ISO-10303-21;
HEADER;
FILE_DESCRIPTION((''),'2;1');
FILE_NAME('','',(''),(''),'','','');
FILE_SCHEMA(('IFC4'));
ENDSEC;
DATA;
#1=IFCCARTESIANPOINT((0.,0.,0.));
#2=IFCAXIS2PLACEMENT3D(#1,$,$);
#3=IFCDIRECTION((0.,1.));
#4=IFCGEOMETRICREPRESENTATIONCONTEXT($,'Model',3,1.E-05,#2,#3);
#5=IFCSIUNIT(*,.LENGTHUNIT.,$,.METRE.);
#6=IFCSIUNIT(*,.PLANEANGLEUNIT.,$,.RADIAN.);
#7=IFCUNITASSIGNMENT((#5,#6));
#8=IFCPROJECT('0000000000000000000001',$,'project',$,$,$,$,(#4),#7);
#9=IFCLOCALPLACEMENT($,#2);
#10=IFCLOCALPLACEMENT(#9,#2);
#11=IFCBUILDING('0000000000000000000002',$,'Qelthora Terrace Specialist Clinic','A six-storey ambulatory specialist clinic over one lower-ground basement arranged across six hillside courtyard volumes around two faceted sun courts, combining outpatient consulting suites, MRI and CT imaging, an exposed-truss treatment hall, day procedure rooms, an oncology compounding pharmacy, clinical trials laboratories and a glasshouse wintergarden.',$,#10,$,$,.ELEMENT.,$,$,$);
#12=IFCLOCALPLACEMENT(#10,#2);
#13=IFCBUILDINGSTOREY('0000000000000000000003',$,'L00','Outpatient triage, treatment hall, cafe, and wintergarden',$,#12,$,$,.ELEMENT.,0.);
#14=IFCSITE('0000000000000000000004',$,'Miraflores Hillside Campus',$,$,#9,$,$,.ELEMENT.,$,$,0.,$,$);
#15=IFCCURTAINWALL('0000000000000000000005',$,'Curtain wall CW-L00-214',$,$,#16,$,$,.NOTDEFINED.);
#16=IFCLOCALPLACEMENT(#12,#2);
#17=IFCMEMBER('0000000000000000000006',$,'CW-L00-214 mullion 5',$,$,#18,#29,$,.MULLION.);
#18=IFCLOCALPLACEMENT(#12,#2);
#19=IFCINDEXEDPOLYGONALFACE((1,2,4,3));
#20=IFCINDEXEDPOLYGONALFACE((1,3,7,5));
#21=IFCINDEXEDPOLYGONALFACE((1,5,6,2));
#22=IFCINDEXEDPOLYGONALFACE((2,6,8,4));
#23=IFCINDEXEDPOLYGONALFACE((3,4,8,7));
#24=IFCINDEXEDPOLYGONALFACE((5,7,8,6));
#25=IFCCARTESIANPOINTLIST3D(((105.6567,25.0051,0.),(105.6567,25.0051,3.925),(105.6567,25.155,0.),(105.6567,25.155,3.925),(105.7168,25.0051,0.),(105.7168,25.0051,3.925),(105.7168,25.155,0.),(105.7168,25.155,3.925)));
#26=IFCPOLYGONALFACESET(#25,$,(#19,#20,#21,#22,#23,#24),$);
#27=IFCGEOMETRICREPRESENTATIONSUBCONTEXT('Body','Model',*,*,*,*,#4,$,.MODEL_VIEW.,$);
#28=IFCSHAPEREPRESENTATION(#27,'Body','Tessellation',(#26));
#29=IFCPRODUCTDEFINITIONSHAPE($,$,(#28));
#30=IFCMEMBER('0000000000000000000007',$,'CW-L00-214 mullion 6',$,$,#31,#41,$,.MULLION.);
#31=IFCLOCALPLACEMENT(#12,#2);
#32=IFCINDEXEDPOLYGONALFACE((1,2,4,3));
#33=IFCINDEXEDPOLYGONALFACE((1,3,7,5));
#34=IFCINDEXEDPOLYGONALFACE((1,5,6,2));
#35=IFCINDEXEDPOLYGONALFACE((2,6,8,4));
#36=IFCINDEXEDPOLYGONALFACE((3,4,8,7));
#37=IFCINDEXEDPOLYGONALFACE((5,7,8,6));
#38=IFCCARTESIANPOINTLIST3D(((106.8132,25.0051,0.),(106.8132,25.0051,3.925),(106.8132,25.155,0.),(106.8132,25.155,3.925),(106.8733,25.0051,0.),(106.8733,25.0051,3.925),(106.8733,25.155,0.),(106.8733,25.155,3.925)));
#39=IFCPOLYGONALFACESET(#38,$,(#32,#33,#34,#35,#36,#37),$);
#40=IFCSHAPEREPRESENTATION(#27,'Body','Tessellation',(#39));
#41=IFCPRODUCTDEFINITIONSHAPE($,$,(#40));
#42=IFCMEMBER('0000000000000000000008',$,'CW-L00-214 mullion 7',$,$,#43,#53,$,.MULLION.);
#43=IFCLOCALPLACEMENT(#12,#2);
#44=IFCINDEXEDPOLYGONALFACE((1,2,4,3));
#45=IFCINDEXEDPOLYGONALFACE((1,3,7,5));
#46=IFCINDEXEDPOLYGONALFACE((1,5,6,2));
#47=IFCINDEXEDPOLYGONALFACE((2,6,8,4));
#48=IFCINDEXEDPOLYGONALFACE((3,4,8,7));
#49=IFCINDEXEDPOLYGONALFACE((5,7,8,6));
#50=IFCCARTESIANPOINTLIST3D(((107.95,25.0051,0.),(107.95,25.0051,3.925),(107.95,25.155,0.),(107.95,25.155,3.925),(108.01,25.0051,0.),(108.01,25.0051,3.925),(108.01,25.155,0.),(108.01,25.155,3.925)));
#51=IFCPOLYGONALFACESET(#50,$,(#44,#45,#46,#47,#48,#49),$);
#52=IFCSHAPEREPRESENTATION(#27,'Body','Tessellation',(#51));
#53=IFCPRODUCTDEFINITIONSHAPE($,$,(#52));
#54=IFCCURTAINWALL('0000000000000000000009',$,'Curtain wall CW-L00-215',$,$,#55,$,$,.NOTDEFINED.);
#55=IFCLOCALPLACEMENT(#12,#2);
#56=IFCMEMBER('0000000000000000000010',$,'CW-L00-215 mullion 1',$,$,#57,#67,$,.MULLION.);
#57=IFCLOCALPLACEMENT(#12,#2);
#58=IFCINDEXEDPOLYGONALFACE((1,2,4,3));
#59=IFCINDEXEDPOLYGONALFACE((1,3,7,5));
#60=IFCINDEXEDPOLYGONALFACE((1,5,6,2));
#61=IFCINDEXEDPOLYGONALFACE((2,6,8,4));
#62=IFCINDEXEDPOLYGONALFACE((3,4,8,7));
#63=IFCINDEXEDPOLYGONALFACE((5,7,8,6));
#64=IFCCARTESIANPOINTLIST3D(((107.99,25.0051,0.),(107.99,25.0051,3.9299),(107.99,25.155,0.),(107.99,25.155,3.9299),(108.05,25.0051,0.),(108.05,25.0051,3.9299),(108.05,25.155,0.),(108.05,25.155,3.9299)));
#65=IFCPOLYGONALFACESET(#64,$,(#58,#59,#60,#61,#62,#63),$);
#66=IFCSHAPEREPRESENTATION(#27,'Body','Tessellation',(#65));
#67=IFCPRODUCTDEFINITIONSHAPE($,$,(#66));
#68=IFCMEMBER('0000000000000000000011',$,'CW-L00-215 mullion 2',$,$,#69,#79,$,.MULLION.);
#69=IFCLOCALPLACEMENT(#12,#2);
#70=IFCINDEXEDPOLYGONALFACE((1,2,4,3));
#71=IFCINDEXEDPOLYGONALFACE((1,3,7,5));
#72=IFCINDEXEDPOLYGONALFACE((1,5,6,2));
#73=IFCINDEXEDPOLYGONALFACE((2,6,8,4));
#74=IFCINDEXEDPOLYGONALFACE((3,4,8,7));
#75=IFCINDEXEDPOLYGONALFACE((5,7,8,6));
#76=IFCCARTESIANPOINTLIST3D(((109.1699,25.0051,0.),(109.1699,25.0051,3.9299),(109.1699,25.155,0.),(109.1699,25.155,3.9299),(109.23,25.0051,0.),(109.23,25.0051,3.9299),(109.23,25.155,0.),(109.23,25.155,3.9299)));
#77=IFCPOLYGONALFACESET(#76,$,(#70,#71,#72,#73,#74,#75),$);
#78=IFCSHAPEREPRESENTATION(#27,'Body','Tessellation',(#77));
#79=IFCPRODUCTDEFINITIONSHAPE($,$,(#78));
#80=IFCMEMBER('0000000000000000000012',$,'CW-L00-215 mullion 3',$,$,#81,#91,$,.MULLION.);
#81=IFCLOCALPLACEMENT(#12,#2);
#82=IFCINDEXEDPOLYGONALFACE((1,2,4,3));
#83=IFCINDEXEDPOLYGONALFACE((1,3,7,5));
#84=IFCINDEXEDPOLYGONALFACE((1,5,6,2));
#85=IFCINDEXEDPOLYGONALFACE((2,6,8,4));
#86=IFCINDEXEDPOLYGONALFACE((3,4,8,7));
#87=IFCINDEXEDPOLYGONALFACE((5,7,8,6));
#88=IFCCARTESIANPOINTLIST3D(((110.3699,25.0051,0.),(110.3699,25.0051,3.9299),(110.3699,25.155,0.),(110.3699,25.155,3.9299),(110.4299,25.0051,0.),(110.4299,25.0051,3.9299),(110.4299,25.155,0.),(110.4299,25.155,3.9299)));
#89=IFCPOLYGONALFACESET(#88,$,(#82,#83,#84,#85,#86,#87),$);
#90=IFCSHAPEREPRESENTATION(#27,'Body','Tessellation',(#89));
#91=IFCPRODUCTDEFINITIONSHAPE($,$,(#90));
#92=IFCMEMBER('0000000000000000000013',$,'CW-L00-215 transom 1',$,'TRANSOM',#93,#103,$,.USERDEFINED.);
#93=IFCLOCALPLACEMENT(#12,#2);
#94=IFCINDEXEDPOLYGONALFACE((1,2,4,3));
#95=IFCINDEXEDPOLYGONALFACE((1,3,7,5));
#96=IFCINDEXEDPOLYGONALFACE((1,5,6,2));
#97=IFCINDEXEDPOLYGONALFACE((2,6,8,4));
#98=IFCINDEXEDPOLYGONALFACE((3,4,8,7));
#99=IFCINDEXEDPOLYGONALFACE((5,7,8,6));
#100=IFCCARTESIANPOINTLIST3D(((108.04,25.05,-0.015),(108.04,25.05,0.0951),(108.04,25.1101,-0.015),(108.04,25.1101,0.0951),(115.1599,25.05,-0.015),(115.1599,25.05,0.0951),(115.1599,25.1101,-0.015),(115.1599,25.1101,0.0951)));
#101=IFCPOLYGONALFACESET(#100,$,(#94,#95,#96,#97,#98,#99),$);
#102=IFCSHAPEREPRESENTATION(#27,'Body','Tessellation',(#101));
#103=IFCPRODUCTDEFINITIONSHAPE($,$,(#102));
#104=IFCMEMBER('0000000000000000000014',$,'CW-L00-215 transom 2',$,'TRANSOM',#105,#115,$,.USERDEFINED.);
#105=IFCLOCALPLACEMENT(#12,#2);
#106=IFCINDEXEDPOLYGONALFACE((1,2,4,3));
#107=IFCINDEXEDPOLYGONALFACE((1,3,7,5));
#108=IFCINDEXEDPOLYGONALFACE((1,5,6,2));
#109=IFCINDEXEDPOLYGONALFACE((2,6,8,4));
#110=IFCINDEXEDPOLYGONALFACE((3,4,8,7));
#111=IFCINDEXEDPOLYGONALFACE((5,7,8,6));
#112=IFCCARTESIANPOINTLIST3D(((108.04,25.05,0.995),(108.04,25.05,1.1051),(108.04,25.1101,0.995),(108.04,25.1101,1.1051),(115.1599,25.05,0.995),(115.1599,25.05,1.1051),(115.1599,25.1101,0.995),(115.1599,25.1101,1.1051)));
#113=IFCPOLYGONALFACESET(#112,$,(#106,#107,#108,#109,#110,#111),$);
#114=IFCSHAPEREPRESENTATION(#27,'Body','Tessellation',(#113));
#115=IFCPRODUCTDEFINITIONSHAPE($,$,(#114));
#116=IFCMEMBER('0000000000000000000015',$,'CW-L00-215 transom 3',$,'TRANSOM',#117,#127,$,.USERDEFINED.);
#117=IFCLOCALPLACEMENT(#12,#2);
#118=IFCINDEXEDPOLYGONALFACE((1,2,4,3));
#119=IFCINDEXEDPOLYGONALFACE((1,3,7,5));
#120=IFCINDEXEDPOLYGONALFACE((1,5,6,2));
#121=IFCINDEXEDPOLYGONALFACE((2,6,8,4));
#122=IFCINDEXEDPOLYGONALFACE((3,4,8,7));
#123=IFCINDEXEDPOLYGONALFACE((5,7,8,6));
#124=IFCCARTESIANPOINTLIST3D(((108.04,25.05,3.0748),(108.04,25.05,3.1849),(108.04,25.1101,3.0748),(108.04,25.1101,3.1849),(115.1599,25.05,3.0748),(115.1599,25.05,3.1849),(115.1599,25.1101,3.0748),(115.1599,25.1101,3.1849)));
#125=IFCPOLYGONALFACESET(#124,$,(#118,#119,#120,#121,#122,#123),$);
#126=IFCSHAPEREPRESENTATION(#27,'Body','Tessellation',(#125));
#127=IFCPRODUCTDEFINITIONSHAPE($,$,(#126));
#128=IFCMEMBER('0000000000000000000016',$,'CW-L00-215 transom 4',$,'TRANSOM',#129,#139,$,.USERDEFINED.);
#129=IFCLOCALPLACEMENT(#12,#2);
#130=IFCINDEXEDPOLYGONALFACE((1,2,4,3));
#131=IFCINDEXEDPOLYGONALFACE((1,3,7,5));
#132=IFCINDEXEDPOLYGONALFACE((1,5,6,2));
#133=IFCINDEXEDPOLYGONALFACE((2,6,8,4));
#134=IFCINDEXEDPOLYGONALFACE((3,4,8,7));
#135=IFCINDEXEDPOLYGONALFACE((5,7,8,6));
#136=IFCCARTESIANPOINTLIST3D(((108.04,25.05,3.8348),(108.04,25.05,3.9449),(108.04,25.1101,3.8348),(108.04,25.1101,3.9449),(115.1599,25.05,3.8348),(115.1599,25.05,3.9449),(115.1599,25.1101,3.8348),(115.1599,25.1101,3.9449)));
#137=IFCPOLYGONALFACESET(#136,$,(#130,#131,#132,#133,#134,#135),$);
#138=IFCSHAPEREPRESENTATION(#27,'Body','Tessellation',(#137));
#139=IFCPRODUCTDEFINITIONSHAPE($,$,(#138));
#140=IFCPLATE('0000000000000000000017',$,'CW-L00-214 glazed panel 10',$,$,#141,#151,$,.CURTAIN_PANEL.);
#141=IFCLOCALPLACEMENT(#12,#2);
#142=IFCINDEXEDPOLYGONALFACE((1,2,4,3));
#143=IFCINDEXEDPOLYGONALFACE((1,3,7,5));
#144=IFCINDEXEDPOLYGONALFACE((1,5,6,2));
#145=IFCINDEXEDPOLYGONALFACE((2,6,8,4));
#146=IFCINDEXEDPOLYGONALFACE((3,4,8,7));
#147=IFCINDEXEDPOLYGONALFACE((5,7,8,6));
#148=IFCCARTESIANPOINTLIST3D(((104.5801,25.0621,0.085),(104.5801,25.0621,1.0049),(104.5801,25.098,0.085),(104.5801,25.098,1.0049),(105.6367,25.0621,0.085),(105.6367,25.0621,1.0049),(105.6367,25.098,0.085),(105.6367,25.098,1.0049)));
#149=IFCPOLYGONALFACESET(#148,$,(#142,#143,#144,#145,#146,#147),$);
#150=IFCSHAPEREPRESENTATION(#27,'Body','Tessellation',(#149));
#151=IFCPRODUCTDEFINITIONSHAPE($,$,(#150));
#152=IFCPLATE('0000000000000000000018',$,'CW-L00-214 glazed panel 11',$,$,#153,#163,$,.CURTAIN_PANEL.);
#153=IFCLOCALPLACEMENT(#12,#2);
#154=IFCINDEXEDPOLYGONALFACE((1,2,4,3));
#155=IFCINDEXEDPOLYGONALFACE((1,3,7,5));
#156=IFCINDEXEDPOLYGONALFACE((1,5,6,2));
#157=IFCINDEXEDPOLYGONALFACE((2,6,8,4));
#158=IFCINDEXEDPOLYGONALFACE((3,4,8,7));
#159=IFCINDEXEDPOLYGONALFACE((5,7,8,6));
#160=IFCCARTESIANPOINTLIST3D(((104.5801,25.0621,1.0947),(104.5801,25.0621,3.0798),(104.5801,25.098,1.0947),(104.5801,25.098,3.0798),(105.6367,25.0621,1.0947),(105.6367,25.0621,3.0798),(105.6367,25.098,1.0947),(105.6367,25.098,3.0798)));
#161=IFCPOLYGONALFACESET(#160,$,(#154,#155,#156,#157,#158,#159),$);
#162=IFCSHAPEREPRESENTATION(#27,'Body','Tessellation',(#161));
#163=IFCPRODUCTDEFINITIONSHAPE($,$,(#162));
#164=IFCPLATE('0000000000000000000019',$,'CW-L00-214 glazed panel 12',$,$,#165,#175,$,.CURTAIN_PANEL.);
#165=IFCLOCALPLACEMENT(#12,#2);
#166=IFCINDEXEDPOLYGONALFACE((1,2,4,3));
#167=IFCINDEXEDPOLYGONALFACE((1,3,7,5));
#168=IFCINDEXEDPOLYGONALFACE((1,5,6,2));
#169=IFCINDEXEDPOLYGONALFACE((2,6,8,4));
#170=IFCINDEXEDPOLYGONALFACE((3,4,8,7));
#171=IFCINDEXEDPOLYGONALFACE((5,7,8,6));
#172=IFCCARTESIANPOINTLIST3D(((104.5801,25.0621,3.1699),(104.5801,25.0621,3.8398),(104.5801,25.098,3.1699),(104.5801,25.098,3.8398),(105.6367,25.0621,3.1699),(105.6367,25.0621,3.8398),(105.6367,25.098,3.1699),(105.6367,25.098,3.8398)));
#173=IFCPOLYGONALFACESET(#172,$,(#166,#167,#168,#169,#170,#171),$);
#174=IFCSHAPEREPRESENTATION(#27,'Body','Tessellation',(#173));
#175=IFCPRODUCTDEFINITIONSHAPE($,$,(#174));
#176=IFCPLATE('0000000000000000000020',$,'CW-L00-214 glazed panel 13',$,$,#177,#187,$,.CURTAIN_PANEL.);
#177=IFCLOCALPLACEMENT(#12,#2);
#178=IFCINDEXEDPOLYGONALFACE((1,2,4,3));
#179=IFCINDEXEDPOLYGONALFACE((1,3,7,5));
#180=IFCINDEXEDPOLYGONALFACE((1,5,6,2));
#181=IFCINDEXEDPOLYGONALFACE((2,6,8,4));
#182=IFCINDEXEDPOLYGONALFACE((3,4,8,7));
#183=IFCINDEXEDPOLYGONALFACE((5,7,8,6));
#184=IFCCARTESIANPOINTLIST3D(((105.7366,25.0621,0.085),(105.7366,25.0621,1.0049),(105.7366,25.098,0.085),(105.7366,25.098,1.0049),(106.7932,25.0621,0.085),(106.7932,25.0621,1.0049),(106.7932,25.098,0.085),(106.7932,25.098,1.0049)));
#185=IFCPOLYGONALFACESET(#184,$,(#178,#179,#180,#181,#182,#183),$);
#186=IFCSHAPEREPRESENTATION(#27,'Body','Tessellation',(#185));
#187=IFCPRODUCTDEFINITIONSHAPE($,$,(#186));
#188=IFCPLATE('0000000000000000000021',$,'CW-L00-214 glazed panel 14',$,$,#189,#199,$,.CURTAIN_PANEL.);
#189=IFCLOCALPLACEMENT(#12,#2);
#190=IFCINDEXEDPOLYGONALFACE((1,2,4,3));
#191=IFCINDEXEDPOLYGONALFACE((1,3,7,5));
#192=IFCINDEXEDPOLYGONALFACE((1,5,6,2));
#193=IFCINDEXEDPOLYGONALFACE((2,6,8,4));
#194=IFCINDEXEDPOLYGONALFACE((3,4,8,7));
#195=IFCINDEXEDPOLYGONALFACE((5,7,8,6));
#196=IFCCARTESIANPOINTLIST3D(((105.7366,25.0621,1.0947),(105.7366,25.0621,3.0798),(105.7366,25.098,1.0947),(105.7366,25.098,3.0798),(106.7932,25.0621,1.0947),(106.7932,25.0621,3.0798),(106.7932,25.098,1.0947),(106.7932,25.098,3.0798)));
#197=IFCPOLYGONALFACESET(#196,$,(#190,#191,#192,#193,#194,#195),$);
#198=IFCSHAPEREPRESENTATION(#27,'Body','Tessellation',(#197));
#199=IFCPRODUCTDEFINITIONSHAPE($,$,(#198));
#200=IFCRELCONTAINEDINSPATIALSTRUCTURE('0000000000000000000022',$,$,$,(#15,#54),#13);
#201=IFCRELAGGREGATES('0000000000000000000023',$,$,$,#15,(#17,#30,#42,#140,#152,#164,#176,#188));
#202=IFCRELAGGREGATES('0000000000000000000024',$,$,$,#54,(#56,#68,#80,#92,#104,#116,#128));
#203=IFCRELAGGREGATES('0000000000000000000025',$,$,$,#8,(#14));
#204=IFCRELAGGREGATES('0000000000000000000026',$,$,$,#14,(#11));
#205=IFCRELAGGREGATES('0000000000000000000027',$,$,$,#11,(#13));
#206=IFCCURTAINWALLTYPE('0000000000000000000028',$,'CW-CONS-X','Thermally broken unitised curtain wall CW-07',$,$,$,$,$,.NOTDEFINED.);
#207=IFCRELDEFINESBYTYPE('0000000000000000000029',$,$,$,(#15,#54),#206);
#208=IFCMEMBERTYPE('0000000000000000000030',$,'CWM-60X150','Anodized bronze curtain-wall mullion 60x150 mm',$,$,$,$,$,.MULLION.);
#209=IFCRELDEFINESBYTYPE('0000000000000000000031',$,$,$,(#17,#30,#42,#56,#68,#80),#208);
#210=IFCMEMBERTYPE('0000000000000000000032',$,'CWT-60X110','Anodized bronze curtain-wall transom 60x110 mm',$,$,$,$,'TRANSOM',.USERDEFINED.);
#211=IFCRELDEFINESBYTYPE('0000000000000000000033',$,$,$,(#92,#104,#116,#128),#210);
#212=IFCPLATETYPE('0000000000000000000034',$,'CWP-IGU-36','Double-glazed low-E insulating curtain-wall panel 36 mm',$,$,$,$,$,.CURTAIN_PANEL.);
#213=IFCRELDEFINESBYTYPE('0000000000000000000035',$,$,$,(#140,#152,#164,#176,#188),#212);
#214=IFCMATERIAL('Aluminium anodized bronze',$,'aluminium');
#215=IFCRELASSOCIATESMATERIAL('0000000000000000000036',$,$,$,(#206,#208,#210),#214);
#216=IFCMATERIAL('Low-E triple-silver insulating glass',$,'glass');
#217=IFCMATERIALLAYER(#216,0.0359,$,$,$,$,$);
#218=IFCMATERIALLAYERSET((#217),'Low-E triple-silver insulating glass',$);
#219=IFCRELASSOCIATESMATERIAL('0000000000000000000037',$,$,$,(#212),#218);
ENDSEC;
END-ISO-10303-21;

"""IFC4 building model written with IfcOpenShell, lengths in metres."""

from ifc_helpers import new_model, si_unit, direction, frame, origin, origin_2d, place, context, subcontext, project, spatial, rectangle, extrude, material, layer, layer_set, material_profile, profile_set, type_object, element, aggregate, save


model = new_model("IFC4")

# Units and contexts
model_context = context("Model", 3, precision=1e-05, world=origin(), true_north=direction((0.0, 1.0)))
body_context = subcontext(model_context, "Body", "Model", "MODEL_VIEW")
ifc_project = project(units=[si_unit("LENGTHUNIT", "METRE"), si_unit("PLANEANGLEUNIT", "RADIAN")], contexts=[model_context])

# Site, building, storey
site_placement = place(None, origin())
site = spatial("IfcSite", under=ifc_project, at=site_placement, Name="Miraflores Hillside Campus", CompositionType="ELEMENT", RefElevation=0.0)
building_placement = place(site_placement, origin())
building = spatial("IfcBuilding", under=site, at=building_placement, Name="Qelthora Terrace Specialist Clinic", Description="A six-storey ambulatory specialist clinic over one lower-ground basement arranged across six hillside courtyard volumes around two faceted sun courts, combining outpatient consulting suites, MRI and CT imaging, an exposed-truss treatment hall, day procedure rooms, an oncology compounding pharmacy, clinical trials laboratories and a glasshouse wintergarden.", CompositionType="ELEMENT")
storey_placement = place(building_placement, origin())
storey = spatial("IfcBuildingStorey", under=building, at=storey_placement, Name="L00", Description="Outpatient triage, treatment hall, cafe, and wintergarden", CompositionType="ELEMENT", Elevation=0.0)

# Curtain walls, members
ifc_material_1 = material(Name="Aluminium anodized bronze", Category="aluminium")
curtain_wall_type = type_object("IfcCurtainWallType", Name="CW-CONS-X", Description="Thermally broken unitised curtain wall CW-07", PredefinedType="NOTDEFINED", material=ifc_material_1)
curtain_wall_1_placement = place(storey_placement, origin())
curtain_wall_1 = element("IfcCurtainWall", 1, at=curtain_wall_1_placement, inside=storey, type_object=curtain_wall_type, Name="Curtain wall CW-L00-214", PredefinedType="NOTDEFINED")
ifc_material_profile_1 = material_profile(ifc_material_1, rectangle(XDim=0.0601, YDim=0.1499, at=origin_2d()), Name="CWM60X150")
ifc_profile_set_1 = profile_set([ifc_material_profile_1], Name="Aluminium anodized bronze")
member_type_1 = type_object("IfcMemberType", Name="CWM-60X150", Description="Anodized bronze curtain-wall mullion 60x150 mm", PredefinedType="MULLION", material=ifc_profile_set_1)
member_1_placement = place(storey_placement, frame((105.6868, 25.0801, 0.0), z_axis=(0.0, 0.0, 1.0), x_axis=(1.0, 0.0, 0.0)))
member_1 = element("IfcMember", 2, at=member_1_placement, type_object=member_type_1, Name="CW-L00-214 mullion 5", PredefinedType="MULLION", context=body_context, shape_type="SweptSolid", body=[
    extrude(rectangle(XDim=0.0601, YDim=0.1499, at=origin_2d()), origin(), (0.0, 0.0, 1.0), 3.925),
])
member_2_placement = place(storey_placement, frame((106.8433, 25.0801, 0.0), z_axis=(0.0, 0.0, 1.0), x_axis=(1.0, 0.0, 0.0)))
member_2 = element("IfcMember", 3, at=member_2_placement, type_object=member_type_1, Name="CW-L00-214 mullion 6", PredefinedType="MULLION", context=body_context, shape_type="SweptSolid", body=[
    extrude(rectangle(XDim=0.0601, YDim=0.1499, at=origin_2d()), origin(), (0.0, 0.0, 1.0), 3.925),
])
member_3_placement = place(storey_placement, frame((107.98, 25.0801, 0.0), z_axis=(0.0, 0.0, 1.0), x_axis=(1.0, 0.0, 0.0)))
member_3 = element("IfcMember", 4, at=member_3_placement, type_object=member_type_1, Name="CW-L00-214 mullion 7", PredefinedType="MULLION", context=body_context, shape_type="SweptSolid", body=[
    extrude(rectangle(XDim=0.0601, YDim=0.1499, at=origin_2d()), origin(), (0.0, 0.0, 1.0), 3.925),
])
curtain_wall_2_placement = place(storey_placement, origin())
curtain_wall_2 = element("IfcCurtainWall", 5, at=curtain_wall_2_placement, inside=storey, type_object=curtain_wall_type, Name="Curtain wall CW-L00-215", PredefinedType="NOTDEFINED")
member_4_placement = place(storey_placement, frame((108.02, 25.0801, 0.0), z_axis=(0.0, 0.0, 1.0), x_axis=(1.0, 0.0, 0.0)))
member_4 = element("IfcMember", 6, at=member_4_placement, type_object=member_type_1, Name="CW-L00-215 mullion 1", PredefinedType="MULLION", context=body_context, shape_type="SweptSolid", body=[
    extrude(rectangle(XDim=0.0601, YDim=0.1499, at=origin_2d()), origin(), (0.0, 0.0, 1.0), 3.9299),
])
member_5_placement = place(storey_placement, frame((109.2, 25.0801, 0.0), z_axis=(0.0, 0.0, 1.0), x_axis=(1.0, 0.0, 0.0)))
member_5 = element("IfcMember", 7, at=member_5_placement, type_object=member_type_1, Name="CW-L00-215 mullion 2", PredefinedType="MULLION", context=body_context, shape_type="SweptSolid", body=[
    extrude(rectangle(XDim=0.0601, YDim=0.1499, at=origin_2d()), origin(), (0.0, 0.0, 1.0), 3.9299),
])
member_6_placement = place(storey_placement, frame((110.3999, 25.0801, 0.0), z_axis=(0.0, 0.0, 1.0), x_axis=(1.0, 0.0, 0.0)))
member_6 = element("IfcMember", 8, at=member_6_placement, type_object=member_type_1, Name="CW-L00-215 mullion 3", PredefinedType="MULLION", context=body_context, shape_type="SweptSolid", body=[
    extrude(rectangle(XDim=0.0601, YDim=0.1499, at=origin_2d()), origin(), (0.0, 0.0, 1.0), 3.9299),
])
ifc_material_profile_2 = material_profile(ifc_material_1, rectangle(XDim=0.0601, YDim=0.1101, at=origin_2d()), Name="CWT60X110")
ifc_profile_set_2 = profile_set([ifc_material_profile_2], Name="Aluminium anodized bronze")
member_type_2 = type_object("IfcMemberType", Name="CWT-60X110", Description="Anodized bronze curtain-wall transom 60x110 mm", ElementType="TRANSOM", PredefinedType="USERDEFINED", material=ifc_profile_set_2)
member_7_placement = place(storey_placement, frame((108.04, 25.0801, 0.04), z_axis=(1.0, 0.0, 0.0), x_axis=(0.0, 1.0, 0.0)))
member_7 = element("IfcMember", 9, at=member_7_placement, type_object=member_type_2, Name="CW-L00-215 transom 1", ObjectType="TRANSOM", PredefinedType="USERDEFINED", context=body_context, shape_type="SweptSolid", body=[
    extrude(rectangle(XDim=0.0601, YDim=0.1101, at=origin_2d()), origin(), (0.0, 0.0, 1.0), 7.1199),
])
member_8_placement = place(storey_placement, frame((108.04, 25.0801, 1.05), z_axis=(1.0, 0.0, 0.0), x_axis=(0.0, 1.0, 0.0)))
member_8 = element("IfcMember", 10, at=member_8_placement, type_object=member_type_2, Name="CW-L00-215 transom 2", ObjectType="TRANSOM", PredefinedType="USERDEFINED", context=body_context, shape_type="SweptSolid", body=[
    extrude(rectangle(XDim=0.0601, YDim=0.1101, at=origin_2d()), origin(), (0.0, 0.0, 1.0), 7.1199),
])
member_9_placement = place(storey_placement, frame((108.04, 25.0801, 3.1299), z_axis=(1.0, 0.0, 0.0), x_axis=(0.0, 1.0, 0.0)))
member_9 = element("IfcMember", 11, at=member_9_placement, type_object=member_type_2, Name="CW-L00-215 transom 3", ObjectType="TRANSOM", PredefinedType="USERDEFINED", context=body_context, shape_type="SweptSolid", body=[
    extrude(rectangle(XDim=0.0601, YDim=0.1101, at=origin_2d()), origin(), (0.0, 0.0, 1.0), 7.1199),
])
member_10_placement = place(storey_placement, frame((108.04, 25.0801, 3.8899), z_axis=(1.0, 0.0, 0.0), x_axis=(0.0, 1.0, 0.0)))
member_10 = element("IfcMember", 12, at=member_10_placement, type_object=member_type_2, Name="CW-L00-215 transom 4", ObjectType="TRANSOM", PredefinedType="USERDEFINED", context=body_context, shape_type="SweptSolid", body=[
    extrude(rectangle(XDim=0.0601, YDim=0.1101, at=origin_2d()), origin(), (0.0, 0.0, 1.0), 7.1199),
])

# Plates
ifc_material_2 = material(Name="Low-E triple-silver insulating glass", Category="glass")
ifc_layer = layer(ifc_material_2, 0.0359)
ifc_layer_set = layer_set([ifc_layer], Name="Low-E triple-silver insulating glass")
plate_type = type_object("IfcPlateType", Name="CWP-IGU-36", Description="Double-glazed low-E insulating curtain-wall panel 36 mm", PredefinedType="CURTAIN_PANEL", material=ifc_layer_set)
plate_1_placement = place(storey_placement, frame((105.1084, 25.0801, 0.085), z_axis=(0.0, 0.0, 1.0), x_axis=(1.0, 0.0, 0.0)))
plate_1 = element("IfcPlate", 13, at=plate_1_placement, type_object=plate_type, Name="CW-L00-214 glazed panel 10", PredefinedType="CURTAIN_PANEL", context=body_context, shape_type="SweptSolid", body=[
    extrude(rectangle(XDim=1.0566, YDim=0.0359, at=origin_2d()), origin(), (0.0, 0.0, 1.0), 0.9199),
])
plate_2_placement = place(storey_placement, frame((105.1084, 25.0801, 1.0947), z_axis=(0.0, 0.0, 1.0), x_axis=(1.0, 0.0, 0.0)))
plate_2 = element("IfcPlate", 14, at=plate_2_placement, type_object=plate_type, Name="CW-L00-214 glazed panel 11", PredefinedType="CURTAIN_PANEL", context=body_context, shape_type="SweptSolid", body=[
    extrude(rectangle(XDim=1.0566, YDim=0.0359, at=origin_2d()), origin(), (0.0, 0.0, 1.0), 1.9851),
])
plate_3_placement = place(storey_placement, frame((105.1084, 25.0801, 3.1699), z_axis=(0.0, 0.0, 1.0), x_axis=(1.0, 0.0, 0.0)))
plate_3 = element("IfcPlate", 15, at=plate_3_placement, type_object=plate_type, Name="CW-L00-214 glazed panel 12", PredefinedType="CURTAIN_PANEL", context=body_context, shape_type="SweptSolid", body=[
    extrude(rectangle(XDim=1.0566, YDim=0.0359, at=origin_2d()), origin(), (0.0, 0.0, 1.0), 0.6699),
])
plate_4_placement = place(storey_placement, frame((106.2649, 25.0801, 0.085), z_axis=(0.0, 0.0, 1.0), x_axis=(1.0, 0.0, 0.0)))
plate_4 = element("IfcPlate", 16, at=plate_4_placement, type_object=plate_type, Name="CW-L00-214 glazed panel 13", PredefinedType="CURTAIN_PANEL", context=body_context, shape_type="SweptSolid", body=[
    extrude(rectangle(XDim=1.0566, YDim=0.0359, at=origin_2d()), origin(), (0.0, 0.0, 1.0), 0.9199),
])
plate_5_placement = place(storey_placement, frame((106.2649, 25.0801, 1.0947), z_axis=(0.0, 0.0, 1.0), x_axis=(1.0, 0.0, 0.0)))
plate_5 = element("IfcPlate", 17, at=plate_5_placement, type_object=plate_type, Name="CW-L00-214 glazed panel 14", PredefinedType="CURTAIN_PANEL", context=body_context, shape_type="SweptSolid", body=[
    extrude(rectangle(XDim=1.0566, YDim=0.0359, at=origin_2d()), origin(), (0.0, 0.0, 1.0), 1.9851),
])
aggregate(curtain_wall_1, [member_1, member_2, member_3, plate_1, plate_2, plate_3, plate_4, plate_5])
aggregate(curtain_wall_2, [member_4, member_5, member_6, member_7, member_8, member_9, member_10])

save(model, "model.ifc")
